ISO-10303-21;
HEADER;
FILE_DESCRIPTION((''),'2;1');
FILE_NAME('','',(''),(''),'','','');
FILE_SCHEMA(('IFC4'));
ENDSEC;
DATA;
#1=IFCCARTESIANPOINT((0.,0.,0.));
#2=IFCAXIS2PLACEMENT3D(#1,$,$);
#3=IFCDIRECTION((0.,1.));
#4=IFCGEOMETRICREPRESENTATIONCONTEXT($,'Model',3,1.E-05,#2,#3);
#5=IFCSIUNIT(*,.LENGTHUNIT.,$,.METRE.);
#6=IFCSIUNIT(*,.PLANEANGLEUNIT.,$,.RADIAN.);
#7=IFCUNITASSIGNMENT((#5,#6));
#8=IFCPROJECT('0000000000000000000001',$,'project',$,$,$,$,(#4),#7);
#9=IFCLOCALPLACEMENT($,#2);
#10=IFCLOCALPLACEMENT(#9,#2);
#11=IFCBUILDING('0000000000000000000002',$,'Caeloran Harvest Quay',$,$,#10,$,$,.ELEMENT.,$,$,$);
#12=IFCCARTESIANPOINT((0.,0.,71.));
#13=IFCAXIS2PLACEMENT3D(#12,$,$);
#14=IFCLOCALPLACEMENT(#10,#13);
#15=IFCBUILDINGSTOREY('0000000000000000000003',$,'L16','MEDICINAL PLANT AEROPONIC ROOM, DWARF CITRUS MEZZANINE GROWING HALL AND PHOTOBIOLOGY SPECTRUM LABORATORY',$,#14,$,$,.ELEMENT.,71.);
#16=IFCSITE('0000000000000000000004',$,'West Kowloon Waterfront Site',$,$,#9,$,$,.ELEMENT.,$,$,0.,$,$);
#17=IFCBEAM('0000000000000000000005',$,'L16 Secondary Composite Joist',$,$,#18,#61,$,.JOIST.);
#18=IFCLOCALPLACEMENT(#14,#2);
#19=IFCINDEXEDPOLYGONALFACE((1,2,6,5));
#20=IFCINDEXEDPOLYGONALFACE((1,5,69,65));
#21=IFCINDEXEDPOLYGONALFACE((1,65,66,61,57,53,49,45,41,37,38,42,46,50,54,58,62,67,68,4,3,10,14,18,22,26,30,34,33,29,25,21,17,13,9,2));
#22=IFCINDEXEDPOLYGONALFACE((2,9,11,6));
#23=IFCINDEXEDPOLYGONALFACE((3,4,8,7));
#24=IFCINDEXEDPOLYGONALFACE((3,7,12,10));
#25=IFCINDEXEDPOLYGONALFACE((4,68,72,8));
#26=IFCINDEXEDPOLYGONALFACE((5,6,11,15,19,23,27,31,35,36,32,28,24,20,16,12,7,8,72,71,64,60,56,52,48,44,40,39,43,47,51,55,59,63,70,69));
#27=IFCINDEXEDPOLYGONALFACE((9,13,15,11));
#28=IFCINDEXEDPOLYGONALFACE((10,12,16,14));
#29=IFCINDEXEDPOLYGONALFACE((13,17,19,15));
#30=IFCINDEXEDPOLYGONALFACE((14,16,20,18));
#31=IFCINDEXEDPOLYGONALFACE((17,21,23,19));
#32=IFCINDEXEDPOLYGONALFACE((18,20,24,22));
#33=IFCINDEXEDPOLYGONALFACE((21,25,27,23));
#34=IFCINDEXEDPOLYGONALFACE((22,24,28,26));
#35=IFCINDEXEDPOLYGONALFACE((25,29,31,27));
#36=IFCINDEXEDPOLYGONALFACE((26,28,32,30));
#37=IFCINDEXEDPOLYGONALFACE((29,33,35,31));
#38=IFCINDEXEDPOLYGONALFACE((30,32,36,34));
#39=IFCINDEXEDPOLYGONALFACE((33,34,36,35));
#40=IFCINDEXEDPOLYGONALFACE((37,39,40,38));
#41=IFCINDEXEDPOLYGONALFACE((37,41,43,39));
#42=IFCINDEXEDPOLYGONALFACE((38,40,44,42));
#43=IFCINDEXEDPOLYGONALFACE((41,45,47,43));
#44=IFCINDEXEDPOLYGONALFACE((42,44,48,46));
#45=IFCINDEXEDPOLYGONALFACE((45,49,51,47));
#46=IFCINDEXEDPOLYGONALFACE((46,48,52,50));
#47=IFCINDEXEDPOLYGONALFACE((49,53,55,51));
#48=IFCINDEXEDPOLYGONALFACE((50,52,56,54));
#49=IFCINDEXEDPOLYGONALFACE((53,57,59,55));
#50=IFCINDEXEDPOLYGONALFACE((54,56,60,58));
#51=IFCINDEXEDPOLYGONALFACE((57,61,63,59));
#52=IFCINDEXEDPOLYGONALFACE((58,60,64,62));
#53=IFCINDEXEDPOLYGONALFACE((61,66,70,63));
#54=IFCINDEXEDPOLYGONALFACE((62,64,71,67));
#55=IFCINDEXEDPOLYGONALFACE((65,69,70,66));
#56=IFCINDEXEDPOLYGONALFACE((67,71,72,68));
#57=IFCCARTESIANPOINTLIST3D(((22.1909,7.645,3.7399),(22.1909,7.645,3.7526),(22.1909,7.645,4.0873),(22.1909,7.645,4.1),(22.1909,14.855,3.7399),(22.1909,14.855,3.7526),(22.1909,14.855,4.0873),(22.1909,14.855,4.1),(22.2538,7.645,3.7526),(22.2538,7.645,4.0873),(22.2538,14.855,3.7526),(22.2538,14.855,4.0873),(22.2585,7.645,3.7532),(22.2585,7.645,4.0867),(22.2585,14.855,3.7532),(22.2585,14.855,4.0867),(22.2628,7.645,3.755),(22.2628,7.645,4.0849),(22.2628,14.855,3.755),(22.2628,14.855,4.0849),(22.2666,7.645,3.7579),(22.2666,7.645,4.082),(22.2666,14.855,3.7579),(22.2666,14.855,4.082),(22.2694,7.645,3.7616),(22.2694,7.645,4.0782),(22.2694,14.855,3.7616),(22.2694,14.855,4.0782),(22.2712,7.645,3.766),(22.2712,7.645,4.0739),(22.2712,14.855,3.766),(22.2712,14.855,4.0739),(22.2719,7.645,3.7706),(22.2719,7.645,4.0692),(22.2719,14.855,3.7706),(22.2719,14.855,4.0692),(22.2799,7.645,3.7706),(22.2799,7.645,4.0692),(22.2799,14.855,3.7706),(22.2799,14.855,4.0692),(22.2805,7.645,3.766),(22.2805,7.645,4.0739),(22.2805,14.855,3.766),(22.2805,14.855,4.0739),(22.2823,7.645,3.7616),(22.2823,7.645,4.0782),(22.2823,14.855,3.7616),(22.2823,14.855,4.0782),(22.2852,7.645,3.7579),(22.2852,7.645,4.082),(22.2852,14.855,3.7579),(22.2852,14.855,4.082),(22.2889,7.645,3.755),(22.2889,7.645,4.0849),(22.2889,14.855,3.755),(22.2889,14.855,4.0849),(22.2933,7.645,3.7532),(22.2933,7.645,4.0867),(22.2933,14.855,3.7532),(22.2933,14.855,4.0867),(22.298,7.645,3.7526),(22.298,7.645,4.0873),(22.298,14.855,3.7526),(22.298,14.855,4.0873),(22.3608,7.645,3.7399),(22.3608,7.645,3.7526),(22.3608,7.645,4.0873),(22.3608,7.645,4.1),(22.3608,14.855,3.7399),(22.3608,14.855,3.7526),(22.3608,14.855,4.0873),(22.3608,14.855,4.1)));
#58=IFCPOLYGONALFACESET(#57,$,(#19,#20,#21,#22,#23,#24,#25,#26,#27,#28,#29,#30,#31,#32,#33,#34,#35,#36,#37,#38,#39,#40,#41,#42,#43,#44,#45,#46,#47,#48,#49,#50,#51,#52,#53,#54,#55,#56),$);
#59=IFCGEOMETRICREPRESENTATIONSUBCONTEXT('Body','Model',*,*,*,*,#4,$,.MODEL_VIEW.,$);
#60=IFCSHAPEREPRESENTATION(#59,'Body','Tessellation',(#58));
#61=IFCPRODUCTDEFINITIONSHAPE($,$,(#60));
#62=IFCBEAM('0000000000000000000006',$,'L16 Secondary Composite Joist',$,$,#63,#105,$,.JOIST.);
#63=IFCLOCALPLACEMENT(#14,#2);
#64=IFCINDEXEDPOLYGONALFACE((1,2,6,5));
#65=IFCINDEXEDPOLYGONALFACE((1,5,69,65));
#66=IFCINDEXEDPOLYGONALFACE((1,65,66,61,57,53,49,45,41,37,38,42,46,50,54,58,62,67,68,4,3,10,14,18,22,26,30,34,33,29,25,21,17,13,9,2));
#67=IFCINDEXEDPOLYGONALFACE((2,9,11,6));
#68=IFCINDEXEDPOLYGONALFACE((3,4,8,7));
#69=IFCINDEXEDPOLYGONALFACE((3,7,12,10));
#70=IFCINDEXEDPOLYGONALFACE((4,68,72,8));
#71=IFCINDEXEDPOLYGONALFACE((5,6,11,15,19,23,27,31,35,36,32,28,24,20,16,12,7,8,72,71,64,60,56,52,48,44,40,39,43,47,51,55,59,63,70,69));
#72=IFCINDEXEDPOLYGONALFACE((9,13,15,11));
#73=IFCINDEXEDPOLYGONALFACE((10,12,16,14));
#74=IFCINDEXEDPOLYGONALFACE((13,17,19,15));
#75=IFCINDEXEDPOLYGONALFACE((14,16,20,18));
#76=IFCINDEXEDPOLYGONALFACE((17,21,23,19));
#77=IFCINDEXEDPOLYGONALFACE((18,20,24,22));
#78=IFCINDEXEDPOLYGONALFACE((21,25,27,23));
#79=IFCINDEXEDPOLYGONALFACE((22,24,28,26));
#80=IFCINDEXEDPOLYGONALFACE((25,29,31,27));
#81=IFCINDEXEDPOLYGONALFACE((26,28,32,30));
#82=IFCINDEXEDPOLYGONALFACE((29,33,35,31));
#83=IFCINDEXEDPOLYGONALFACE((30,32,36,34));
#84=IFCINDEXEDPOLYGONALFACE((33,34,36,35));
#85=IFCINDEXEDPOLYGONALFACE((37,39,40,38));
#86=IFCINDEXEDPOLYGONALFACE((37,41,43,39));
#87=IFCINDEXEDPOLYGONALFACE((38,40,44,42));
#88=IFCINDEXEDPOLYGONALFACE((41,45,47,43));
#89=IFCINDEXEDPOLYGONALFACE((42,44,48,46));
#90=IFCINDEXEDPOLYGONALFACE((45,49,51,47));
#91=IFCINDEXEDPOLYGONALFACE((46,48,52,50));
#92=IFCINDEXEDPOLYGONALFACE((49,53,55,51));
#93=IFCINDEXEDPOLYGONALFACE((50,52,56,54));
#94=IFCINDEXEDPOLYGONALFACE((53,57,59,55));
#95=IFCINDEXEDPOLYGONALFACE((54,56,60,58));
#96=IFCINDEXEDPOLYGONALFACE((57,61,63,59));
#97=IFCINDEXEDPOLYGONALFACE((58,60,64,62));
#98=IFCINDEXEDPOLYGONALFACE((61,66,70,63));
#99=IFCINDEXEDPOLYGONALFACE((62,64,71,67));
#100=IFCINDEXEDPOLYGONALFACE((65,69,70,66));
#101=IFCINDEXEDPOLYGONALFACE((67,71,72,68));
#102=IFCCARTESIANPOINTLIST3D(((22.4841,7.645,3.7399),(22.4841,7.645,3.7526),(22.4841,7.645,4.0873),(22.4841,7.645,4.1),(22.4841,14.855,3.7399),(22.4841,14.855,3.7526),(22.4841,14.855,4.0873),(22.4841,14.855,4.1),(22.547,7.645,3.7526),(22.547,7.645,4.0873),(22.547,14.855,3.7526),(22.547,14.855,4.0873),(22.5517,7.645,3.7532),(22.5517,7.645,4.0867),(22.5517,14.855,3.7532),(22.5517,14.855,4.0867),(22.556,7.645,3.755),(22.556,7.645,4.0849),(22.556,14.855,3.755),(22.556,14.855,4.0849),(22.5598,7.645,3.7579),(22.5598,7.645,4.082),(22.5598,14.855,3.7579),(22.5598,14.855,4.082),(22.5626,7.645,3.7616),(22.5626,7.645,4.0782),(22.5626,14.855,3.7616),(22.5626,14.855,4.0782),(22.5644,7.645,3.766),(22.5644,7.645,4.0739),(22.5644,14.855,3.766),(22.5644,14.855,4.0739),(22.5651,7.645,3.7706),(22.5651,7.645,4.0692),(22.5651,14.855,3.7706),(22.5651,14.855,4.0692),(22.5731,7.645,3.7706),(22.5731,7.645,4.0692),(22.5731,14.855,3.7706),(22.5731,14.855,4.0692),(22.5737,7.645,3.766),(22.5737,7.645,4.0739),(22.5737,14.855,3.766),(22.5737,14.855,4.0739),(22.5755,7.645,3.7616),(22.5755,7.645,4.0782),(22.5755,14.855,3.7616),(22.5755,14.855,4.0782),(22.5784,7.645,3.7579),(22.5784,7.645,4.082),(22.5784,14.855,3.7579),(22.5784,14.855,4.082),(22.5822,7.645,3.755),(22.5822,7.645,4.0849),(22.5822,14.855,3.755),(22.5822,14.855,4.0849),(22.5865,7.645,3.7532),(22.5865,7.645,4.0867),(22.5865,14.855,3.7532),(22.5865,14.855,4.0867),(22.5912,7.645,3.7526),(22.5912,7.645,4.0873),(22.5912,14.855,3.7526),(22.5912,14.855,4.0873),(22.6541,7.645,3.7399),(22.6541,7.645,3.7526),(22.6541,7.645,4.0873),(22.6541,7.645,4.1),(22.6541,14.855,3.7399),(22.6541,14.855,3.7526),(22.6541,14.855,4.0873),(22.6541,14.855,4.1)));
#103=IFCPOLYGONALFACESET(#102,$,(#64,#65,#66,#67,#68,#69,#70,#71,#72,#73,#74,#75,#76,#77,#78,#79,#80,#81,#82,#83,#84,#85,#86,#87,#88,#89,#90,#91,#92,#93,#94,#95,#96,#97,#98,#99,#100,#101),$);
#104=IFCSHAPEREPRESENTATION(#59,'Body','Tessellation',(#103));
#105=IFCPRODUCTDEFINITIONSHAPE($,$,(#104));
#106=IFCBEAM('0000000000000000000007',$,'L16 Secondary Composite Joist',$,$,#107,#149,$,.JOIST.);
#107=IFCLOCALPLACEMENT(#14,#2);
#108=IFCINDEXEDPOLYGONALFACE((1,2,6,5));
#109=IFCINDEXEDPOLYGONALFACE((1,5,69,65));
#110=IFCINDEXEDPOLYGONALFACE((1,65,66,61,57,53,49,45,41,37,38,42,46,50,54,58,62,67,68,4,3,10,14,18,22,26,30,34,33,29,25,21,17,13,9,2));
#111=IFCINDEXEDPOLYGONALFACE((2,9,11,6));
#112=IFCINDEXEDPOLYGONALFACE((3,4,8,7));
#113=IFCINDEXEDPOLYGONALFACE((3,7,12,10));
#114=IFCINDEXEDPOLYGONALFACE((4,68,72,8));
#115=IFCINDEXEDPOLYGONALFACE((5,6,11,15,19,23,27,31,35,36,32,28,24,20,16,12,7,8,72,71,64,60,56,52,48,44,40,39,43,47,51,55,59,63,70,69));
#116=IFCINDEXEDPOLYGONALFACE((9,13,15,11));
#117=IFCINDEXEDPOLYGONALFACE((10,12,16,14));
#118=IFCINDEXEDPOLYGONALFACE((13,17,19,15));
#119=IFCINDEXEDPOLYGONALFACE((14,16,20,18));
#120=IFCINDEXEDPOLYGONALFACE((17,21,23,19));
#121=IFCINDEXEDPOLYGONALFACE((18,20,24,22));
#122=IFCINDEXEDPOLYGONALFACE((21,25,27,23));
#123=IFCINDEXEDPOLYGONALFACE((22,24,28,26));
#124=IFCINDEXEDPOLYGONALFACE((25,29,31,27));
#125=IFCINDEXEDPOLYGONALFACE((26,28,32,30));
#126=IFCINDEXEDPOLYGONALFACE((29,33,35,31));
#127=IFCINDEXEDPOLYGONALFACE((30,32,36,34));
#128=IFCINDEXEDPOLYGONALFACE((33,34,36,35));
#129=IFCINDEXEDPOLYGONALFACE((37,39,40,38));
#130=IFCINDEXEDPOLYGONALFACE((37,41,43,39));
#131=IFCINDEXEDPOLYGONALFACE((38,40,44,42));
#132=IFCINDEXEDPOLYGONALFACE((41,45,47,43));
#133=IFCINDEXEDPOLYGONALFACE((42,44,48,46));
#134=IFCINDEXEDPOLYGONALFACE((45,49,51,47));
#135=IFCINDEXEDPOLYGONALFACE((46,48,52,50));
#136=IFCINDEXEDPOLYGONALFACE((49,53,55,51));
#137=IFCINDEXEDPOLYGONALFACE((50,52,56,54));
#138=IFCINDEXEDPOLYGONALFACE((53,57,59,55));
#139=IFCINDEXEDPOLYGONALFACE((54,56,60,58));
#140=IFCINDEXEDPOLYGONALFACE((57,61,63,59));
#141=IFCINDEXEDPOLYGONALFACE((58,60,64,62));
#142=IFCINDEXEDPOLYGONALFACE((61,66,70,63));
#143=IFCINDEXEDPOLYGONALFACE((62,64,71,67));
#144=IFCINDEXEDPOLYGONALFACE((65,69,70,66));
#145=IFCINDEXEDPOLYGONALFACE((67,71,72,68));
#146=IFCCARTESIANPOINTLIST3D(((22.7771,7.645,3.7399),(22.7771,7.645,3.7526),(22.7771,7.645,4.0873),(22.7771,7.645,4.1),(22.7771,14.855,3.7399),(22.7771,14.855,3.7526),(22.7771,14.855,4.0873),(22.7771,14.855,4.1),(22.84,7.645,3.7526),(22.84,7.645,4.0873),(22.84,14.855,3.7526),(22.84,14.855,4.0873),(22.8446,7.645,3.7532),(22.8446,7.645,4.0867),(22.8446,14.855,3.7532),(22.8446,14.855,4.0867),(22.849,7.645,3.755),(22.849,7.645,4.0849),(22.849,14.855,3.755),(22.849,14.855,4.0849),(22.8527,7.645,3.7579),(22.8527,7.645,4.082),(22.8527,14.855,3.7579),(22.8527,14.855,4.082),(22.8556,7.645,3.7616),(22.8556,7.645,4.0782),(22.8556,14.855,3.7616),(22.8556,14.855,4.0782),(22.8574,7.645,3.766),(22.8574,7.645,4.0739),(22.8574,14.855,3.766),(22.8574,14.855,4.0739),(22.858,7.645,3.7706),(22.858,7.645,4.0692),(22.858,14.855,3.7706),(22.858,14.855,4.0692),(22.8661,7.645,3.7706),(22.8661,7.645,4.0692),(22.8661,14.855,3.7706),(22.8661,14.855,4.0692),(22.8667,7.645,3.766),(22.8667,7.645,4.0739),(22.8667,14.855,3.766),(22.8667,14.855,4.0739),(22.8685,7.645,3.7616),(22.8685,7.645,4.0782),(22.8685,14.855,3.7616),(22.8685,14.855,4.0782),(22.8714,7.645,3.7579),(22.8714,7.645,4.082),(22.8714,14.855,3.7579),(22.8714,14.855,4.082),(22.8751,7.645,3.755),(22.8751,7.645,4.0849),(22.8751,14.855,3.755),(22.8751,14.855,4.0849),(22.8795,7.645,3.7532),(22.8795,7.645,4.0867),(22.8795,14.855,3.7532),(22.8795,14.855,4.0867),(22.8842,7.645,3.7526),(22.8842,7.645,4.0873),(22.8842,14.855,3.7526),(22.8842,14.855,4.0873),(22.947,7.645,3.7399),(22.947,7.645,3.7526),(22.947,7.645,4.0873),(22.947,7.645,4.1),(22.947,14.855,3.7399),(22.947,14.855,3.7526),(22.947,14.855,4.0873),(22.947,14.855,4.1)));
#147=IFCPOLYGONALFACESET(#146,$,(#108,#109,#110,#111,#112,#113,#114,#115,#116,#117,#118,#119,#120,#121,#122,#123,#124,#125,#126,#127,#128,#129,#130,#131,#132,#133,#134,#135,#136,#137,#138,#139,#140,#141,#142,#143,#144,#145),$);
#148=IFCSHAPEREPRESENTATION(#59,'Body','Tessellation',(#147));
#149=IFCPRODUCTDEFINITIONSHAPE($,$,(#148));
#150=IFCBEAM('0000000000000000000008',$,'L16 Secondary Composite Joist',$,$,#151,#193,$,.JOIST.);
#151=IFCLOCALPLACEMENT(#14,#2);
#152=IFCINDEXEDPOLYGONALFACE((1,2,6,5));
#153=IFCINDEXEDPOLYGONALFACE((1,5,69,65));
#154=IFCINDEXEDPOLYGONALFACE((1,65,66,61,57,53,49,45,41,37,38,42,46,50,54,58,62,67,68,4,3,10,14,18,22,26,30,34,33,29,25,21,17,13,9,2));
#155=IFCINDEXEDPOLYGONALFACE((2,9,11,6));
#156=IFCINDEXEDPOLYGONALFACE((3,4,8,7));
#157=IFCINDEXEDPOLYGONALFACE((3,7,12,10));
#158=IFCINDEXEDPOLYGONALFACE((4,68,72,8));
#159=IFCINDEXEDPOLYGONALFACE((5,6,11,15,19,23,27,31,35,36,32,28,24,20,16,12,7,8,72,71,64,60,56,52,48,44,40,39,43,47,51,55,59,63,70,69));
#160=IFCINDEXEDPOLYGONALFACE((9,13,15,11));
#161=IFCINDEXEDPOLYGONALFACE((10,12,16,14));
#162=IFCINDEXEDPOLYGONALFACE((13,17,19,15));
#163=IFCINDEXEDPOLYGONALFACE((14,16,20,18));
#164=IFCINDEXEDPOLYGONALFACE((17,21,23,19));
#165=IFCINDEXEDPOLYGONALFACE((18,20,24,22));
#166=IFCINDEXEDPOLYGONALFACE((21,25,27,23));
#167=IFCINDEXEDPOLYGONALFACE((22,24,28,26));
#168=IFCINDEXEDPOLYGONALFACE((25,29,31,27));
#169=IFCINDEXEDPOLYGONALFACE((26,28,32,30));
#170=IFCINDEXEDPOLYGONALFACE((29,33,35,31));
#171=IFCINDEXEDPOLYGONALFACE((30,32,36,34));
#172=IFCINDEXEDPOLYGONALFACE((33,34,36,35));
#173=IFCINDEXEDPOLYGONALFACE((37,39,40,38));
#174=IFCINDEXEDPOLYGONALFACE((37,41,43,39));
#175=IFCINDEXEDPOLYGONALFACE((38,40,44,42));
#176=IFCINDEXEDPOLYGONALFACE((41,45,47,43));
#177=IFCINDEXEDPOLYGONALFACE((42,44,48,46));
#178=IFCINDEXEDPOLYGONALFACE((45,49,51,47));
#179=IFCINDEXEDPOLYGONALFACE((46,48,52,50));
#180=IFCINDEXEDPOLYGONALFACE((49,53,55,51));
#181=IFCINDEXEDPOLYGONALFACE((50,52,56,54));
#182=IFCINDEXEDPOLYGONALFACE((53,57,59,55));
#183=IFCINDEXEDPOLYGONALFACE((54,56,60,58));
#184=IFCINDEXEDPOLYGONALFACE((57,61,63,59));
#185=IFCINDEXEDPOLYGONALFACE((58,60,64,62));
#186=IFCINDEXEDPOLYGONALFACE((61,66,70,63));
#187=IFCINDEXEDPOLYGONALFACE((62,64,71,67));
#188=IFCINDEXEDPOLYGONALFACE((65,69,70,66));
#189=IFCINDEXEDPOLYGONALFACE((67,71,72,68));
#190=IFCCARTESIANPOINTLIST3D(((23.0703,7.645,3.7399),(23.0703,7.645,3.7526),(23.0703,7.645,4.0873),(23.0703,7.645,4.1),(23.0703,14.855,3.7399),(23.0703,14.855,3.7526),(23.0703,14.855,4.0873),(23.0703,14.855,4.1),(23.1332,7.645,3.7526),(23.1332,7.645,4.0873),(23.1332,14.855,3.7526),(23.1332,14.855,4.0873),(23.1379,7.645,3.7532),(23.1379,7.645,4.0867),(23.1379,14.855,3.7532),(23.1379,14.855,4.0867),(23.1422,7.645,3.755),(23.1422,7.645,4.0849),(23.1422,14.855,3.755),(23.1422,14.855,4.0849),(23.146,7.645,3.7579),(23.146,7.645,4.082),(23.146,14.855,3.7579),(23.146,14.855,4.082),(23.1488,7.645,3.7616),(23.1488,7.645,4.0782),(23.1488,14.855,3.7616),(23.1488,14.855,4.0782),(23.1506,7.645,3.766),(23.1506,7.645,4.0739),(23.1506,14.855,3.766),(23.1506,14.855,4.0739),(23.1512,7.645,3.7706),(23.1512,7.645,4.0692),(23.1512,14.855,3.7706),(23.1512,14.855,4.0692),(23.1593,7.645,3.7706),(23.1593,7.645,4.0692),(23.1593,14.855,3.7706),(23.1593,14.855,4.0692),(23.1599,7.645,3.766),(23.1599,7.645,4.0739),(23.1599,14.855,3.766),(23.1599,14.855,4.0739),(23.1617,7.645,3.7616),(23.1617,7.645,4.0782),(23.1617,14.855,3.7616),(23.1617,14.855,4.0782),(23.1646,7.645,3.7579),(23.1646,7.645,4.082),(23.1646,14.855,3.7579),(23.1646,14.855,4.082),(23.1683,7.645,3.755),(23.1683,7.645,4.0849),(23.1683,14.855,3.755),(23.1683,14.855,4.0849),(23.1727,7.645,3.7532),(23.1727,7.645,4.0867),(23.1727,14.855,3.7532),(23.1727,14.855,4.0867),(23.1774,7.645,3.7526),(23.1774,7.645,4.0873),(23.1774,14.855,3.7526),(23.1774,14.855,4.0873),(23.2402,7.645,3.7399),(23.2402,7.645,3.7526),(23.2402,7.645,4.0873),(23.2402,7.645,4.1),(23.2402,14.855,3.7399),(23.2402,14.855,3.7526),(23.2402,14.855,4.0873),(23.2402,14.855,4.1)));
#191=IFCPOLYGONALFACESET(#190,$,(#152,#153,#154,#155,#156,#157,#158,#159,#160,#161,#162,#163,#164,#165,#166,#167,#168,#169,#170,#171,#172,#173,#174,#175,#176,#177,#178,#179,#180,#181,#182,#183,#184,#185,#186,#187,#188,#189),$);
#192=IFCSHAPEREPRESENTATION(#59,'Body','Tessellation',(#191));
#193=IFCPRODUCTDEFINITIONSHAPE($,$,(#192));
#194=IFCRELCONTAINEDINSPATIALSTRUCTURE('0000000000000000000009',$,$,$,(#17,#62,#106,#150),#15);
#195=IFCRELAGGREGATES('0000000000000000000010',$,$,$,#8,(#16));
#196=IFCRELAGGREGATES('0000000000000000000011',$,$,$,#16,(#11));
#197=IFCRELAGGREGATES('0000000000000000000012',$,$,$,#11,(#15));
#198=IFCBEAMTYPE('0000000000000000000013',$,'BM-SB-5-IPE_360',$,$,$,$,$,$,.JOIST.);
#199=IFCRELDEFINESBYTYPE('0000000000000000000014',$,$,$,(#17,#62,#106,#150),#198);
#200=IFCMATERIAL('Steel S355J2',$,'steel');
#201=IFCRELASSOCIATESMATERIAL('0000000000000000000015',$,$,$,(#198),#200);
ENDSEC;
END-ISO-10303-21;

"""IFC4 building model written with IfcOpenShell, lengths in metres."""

from ifc_helpers import new_model, si_unit, direction, frame, origin, origin_2d, place, context, subcontext, project, spatial, i_section, extrude, material, material_profile, profile_set, type_object, element, save


model = new_model("IFC4")

# Units and contexts
model_context = context("Model", 3, precision=1e-05, world=origin(), true_north=direction((0.0, 1.0)))
body_context = subcontext(model_context, "Body", "Model", "MODEL_VIEW")
ifc_project = project(units=[si_unit("LENGTHUNIT", "METRE"), si_unit("PLANEANGLEUNIT", "RADIAN")], contexts=[model_context])

# Site, building, storey
site_placement = place(None, origin())
site = spatial("IfcSite", under=ifc_project, at=site_placement, Name="West Kowloon Waterfront Site", CompositionType="ELEMENT", RefElevation=0.0)
building_placement = place(site_placement, origin())
building = spatial("IfcBuilding", under=site, at=building_placement, Name="Caeloran Harvest Quay", CompositionType="ELEMENT")
storey_placement = place(building_placement, frame((0.0, 0.0, 71.0)))
storey = spatial("IfcBuildingStorey", under=building, at=storey_placement, Name="L16", Description="MEDICINAL PLANT AEROPONIC ROOM, DWARF CITRUS MEZZANINE GROWING HALL AND PHOTOBIOLOGY SPECTRUM LABORATORY", CompositionType="ELEMENT", Elevation=71.0)

# Beams
ifc_material_1 = material(Name="Steel S355J2", Category="steel")
ifc_material_profile_1 = material_profile(ifc_material_1, i_section(OverallWidth=0.1699, OverallDepth=0.3601, WebThickness=0.0081, FlangeThickness=0.0127, FilletRadius=0.0181, at=origin_2d()), Name="IPE 360")
ifc_profile_set_1 = profile_set([ifc_material_profile_1], Name="Steel S355J2")
beam_type_1 = type_object("IfcBeamType", Name="BM-SB-5-IPE_360", PredefinedType="JOIST", material=ifc_profile_set_1)
for number, where, z_axis, x_axis, name in (
    (1, (22.2759, 7.645, 3.9199), (0.0, 1.0, 0.0), (-1.0, 0.0, 0.0), "L16 Secondary Composite Joist"),
    (2, (22.5691, 7.645, 3.9199), (0.0, 1.0, 0.0), (-1.0, 0.0, 0.0), "L16 Secondary Composite Joist"),
    (3, (22.8621, 7.645, 3.9199), (0.0, 1.0, 0.0), (-1.0, 0.0, 0.0), "L16 Secondary Composite Joist"),
    (4, (23.1553, 7.645, 3.9199), (0.0, 1.0, 0.0), (-1.0, 0.0, 0.0), "L16 Secondary Composite Joist"),
):
    element("IfcBeam", number, at=place(storey_placement, frame(where, z_axis=z_axis, x_axis=x_axis)), inside=storey, type_object=beam_type_1, Name=name, PredefinedType="JOIST", context=body_context, shape_type="SweptSolid", body=[
        extrude(i_section(OverallWidth=0.1699, OverallDepth=0.3601, WebThickness=0.0081, FlangeThickness=0.0127, FilletRadius=0.0181, at=origin_2d()), origin(), (0.0, 0.0, 1.0), 7.21),
    ])

save(model, "model.ifc")
